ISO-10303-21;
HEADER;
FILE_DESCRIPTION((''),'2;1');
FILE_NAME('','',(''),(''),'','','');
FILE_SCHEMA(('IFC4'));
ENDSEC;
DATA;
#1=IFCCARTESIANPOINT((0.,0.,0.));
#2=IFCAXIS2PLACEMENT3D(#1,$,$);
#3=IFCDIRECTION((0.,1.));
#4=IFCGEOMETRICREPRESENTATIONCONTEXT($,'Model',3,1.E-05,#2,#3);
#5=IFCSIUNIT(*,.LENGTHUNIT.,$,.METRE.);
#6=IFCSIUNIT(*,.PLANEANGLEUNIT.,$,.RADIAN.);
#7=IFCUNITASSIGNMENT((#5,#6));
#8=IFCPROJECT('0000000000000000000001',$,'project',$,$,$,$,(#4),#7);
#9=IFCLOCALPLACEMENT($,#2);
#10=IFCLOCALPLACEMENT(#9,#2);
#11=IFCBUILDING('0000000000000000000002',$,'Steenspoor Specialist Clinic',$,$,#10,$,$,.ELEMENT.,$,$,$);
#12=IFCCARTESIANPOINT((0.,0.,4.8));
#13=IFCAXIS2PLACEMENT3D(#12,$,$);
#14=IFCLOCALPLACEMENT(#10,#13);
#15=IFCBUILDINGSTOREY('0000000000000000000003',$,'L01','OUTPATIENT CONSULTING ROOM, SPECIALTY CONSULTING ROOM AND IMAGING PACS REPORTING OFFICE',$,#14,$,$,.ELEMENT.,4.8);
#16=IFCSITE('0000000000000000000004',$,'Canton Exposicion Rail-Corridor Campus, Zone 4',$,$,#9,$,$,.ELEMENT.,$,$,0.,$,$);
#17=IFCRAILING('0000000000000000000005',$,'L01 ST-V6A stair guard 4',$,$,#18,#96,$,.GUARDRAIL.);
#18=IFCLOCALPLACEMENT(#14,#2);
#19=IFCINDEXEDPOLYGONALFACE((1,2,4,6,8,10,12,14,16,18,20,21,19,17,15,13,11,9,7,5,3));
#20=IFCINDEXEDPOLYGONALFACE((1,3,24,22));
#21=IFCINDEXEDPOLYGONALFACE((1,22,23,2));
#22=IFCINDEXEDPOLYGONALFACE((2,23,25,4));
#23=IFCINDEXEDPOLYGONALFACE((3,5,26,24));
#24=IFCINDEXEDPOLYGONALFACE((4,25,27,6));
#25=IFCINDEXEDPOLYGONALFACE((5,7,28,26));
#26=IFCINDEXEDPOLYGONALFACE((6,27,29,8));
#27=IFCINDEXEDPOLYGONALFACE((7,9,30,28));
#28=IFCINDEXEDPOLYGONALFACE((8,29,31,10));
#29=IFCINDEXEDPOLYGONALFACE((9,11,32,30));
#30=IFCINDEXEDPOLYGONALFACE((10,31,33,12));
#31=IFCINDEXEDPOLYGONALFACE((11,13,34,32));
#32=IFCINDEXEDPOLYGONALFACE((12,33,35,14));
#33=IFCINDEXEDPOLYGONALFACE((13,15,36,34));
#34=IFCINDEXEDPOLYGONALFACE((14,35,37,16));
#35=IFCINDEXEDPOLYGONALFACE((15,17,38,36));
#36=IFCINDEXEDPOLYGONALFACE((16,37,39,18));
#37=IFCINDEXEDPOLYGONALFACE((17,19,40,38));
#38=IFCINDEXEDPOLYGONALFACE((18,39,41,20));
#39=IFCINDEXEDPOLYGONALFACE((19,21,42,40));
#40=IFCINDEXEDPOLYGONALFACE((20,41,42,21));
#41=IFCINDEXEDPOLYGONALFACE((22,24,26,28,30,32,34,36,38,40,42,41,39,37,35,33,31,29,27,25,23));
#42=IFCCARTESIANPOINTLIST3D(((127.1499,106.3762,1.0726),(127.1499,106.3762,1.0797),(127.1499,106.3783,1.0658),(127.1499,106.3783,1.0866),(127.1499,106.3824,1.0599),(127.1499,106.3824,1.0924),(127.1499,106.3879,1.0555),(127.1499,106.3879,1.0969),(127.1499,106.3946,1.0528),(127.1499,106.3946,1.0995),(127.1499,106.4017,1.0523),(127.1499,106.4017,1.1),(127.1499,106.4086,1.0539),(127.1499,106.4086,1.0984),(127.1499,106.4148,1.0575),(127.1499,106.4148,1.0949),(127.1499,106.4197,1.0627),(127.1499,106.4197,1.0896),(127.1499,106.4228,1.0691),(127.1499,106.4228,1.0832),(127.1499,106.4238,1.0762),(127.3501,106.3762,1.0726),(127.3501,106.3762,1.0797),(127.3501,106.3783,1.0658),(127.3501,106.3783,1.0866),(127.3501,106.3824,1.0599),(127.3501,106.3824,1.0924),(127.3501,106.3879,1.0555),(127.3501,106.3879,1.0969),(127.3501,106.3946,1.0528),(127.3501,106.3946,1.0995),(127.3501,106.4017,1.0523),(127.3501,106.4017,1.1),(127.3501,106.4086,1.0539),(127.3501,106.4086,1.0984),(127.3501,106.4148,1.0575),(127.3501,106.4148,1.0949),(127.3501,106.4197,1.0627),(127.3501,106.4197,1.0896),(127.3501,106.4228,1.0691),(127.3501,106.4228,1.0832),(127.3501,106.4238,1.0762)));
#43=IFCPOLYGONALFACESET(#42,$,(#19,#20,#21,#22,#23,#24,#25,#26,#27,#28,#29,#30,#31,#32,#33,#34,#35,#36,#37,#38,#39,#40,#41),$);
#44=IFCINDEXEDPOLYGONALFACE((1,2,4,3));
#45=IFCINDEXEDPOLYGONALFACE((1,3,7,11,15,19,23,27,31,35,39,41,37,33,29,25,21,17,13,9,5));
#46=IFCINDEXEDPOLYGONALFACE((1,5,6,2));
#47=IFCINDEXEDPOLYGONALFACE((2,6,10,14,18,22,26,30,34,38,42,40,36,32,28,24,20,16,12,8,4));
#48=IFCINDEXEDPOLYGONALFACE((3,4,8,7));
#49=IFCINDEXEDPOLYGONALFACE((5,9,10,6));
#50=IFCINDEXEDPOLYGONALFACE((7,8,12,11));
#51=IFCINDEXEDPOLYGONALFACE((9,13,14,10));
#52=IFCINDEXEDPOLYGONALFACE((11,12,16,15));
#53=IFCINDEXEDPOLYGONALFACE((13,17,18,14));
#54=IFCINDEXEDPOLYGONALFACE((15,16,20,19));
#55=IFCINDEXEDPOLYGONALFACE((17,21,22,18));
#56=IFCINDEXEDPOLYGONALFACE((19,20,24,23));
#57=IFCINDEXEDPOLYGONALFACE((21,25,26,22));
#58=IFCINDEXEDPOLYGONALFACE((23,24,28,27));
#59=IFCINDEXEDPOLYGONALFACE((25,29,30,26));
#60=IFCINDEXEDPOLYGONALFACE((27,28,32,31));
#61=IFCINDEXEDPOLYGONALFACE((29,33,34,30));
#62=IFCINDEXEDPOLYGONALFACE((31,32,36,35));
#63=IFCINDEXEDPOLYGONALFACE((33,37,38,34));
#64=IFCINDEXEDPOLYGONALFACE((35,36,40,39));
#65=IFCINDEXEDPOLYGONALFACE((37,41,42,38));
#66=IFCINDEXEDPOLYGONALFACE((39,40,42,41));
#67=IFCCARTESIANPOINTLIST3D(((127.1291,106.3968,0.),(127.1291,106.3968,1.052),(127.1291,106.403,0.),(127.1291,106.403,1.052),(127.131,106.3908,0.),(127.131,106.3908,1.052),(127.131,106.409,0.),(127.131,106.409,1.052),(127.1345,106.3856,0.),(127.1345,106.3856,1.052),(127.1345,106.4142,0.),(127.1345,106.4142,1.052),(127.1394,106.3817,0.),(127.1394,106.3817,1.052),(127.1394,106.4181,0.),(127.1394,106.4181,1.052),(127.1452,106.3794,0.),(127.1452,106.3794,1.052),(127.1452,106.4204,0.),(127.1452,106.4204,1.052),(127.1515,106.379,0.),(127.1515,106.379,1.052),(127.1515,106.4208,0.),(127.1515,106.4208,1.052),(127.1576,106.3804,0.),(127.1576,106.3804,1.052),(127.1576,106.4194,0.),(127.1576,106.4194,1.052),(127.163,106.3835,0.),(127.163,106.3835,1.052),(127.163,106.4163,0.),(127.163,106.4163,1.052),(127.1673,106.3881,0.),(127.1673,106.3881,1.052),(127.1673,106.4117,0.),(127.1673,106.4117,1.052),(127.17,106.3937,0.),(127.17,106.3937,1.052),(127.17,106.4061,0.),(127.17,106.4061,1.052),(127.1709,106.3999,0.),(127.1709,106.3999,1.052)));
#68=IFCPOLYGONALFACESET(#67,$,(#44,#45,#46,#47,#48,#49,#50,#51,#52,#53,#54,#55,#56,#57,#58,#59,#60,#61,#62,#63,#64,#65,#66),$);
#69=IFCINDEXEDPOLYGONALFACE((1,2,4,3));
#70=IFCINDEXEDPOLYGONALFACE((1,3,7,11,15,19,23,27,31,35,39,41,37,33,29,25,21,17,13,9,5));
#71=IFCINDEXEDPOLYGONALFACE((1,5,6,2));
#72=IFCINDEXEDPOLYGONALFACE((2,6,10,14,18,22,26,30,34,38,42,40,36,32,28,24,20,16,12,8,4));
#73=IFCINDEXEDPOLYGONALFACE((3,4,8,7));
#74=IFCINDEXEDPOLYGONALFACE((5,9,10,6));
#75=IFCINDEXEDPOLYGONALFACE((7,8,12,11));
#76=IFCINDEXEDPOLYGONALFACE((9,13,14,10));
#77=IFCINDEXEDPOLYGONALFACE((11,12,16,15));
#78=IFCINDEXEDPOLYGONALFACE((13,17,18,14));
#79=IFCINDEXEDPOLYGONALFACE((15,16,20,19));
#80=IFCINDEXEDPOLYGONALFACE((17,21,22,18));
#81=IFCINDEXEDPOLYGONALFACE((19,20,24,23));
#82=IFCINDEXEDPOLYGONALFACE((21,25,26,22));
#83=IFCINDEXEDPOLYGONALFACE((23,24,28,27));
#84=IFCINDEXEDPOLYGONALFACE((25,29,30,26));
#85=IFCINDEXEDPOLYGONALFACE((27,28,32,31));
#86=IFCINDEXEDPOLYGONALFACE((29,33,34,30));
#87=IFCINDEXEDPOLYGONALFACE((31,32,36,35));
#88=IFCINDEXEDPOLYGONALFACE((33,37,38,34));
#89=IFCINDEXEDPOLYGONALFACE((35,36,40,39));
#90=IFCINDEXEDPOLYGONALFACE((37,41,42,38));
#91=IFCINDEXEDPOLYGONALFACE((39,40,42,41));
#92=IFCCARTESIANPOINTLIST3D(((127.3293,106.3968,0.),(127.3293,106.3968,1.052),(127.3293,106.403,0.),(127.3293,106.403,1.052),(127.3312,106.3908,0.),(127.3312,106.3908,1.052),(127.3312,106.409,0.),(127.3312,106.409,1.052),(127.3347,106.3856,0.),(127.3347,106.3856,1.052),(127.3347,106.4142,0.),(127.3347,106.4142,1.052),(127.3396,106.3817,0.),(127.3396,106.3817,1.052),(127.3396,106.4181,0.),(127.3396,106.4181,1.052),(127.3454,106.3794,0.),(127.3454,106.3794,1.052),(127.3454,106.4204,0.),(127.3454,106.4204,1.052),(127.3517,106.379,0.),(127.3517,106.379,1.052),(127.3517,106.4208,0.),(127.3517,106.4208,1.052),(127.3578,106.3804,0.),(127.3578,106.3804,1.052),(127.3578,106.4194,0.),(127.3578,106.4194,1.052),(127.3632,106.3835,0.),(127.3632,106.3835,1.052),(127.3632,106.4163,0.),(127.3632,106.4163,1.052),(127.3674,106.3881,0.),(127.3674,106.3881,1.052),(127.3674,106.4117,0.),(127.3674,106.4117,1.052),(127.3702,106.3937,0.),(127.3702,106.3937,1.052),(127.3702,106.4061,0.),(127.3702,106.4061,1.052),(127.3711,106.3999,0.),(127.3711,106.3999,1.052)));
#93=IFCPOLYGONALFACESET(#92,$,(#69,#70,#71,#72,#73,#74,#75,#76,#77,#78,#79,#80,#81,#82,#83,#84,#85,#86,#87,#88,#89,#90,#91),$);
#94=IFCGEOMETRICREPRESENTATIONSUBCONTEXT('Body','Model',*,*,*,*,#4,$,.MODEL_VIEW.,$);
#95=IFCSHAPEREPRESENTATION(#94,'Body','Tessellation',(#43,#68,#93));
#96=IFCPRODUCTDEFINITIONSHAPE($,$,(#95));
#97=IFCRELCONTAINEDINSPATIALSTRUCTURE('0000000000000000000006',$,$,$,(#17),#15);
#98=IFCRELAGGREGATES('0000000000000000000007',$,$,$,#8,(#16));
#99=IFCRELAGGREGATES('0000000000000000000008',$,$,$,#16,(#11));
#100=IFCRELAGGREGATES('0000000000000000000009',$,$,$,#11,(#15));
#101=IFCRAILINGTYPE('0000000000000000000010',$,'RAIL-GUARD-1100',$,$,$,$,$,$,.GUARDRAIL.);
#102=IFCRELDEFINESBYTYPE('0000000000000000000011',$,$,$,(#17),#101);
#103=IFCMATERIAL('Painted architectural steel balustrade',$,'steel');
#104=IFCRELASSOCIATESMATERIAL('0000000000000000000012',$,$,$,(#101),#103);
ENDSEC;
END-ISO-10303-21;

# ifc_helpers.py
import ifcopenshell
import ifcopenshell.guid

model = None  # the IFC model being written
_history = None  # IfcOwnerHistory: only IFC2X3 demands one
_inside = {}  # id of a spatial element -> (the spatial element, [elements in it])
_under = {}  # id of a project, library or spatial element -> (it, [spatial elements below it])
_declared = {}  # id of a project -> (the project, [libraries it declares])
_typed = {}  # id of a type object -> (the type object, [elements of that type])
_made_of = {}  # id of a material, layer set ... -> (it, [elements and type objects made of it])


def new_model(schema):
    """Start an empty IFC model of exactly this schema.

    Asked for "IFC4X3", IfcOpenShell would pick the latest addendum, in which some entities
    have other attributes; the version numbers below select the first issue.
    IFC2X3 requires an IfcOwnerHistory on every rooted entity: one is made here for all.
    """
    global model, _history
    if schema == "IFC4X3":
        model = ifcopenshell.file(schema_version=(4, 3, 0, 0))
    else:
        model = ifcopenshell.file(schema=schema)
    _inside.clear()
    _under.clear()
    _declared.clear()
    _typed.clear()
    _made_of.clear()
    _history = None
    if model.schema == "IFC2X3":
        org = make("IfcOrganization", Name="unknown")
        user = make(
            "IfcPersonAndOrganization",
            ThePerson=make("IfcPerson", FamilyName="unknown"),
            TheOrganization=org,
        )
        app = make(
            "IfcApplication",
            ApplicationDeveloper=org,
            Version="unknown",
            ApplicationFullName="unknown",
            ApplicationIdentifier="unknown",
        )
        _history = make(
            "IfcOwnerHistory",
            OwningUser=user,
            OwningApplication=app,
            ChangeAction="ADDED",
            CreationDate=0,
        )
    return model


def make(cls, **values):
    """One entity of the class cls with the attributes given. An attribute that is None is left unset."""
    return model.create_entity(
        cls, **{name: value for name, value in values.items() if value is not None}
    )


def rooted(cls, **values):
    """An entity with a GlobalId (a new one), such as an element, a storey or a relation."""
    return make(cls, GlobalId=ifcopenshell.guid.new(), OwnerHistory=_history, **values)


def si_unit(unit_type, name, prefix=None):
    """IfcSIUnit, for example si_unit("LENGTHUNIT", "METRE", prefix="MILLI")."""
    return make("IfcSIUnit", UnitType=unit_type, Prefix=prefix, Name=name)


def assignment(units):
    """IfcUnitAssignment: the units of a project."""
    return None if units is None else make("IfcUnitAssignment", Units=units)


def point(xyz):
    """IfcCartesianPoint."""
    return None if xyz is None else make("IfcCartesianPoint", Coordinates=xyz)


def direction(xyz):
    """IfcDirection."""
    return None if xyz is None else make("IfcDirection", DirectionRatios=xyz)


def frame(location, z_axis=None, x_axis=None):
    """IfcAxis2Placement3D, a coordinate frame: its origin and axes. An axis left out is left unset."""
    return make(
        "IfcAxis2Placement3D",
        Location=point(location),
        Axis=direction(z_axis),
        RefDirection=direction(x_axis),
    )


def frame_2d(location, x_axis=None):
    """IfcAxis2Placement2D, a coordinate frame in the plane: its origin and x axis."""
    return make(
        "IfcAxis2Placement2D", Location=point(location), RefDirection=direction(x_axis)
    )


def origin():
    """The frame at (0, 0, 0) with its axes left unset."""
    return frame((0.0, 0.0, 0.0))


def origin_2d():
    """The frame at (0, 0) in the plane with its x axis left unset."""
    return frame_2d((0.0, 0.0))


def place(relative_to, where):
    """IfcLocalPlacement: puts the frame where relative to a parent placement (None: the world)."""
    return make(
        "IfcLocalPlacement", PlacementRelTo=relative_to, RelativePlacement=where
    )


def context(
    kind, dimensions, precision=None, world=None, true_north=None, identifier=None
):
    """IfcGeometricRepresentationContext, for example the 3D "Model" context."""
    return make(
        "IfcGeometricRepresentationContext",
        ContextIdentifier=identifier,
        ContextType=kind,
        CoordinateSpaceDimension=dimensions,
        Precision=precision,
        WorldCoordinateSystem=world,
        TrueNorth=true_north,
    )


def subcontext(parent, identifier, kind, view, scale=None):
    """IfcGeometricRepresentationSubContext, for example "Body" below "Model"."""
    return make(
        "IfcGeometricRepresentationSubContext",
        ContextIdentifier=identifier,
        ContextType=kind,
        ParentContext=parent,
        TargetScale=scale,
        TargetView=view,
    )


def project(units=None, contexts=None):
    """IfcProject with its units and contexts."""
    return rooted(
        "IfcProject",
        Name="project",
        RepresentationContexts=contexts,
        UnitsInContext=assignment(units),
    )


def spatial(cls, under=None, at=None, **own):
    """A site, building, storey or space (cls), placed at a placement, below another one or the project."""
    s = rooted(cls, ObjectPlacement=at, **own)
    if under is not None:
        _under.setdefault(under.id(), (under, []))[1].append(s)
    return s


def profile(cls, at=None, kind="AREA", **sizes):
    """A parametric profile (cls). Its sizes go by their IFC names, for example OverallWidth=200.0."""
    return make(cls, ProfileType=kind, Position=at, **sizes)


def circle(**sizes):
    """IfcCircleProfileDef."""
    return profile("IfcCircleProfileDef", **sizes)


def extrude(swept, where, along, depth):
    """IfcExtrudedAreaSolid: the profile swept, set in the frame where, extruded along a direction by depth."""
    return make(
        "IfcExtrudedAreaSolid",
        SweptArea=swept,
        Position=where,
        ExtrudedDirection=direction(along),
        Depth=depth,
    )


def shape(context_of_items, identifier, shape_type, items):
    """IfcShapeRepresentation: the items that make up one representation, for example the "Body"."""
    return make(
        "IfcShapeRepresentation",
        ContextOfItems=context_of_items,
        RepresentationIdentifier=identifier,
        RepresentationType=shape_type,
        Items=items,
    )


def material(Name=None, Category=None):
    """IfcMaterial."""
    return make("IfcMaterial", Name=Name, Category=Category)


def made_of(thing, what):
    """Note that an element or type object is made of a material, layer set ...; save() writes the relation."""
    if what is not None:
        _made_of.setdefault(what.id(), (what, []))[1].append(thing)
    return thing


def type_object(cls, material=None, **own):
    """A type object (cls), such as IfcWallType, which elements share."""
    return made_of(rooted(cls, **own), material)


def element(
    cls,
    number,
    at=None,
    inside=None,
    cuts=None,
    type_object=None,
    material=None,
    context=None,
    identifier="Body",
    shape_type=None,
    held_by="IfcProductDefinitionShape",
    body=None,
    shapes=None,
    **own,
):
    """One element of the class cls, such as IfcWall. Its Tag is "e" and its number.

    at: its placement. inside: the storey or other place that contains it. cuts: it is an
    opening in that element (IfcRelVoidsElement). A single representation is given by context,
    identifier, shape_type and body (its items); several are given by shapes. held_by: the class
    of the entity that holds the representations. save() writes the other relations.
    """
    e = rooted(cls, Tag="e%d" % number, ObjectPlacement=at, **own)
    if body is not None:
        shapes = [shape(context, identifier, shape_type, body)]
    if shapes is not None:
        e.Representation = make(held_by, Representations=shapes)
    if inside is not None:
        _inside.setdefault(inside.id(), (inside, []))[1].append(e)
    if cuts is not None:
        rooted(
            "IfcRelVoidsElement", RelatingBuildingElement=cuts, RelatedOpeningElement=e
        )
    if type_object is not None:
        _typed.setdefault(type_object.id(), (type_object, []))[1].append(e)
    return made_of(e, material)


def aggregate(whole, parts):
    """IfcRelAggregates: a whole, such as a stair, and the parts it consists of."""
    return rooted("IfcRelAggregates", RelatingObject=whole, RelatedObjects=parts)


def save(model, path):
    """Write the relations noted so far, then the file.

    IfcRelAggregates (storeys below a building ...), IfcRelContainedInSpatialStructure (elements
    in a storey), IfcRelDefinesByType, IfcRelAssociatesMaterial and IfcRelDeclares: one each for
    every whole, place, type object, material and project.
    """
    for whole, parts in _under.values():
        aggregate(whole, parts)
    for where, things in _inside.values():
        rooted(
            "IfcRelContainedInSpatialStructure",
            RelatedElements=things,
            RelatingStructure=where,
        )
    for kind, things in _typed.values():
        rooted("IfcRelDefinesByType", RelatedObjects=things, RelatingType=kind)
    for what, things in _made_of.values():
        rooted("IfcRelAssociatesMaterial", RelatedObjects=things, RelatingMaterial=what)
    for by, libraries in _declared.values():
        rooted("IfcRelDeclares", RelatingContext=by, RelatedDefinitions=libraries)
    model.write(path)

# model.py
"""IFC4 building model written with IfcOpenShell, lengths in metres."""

from ifc_helpers import new_model, si_unit, direction, frame, origin, origin_2d, place, context, subcontext, project, spatial, circle, extrude, material, type_object, element, save


model = new_model("IFC4")

# Units and contexts
model_context = context("Model", 3, precision=1e-05, world=origin(), true_north=direction((0.0, 1.0)))
body_context = subcontext(model_context, "Body", "Model", "MODEL_VIEW")
ifc_project = project(units=[si_unit("LENGTHUNIT", "METRE"), si_unit("PLANEANGLEUNIT", "RADIAN")], contexts=[model_context])

# Site, building, storey
site_placement = place(None, origin())
site = spatial("IfcSite", under=ifc_project, at=site_placement, Name="Canton Exposicion Rail-Corridor Campus, Zone 4", CompositionType="ELEMENT", RefElevation=0.0)
building_placement = place(site_placement, origin())
building = spatial("IfcBuilding", under=site, at=building_placement, Name="Steenspoor Specialist Clinic", CompositionType="ELEMENT")
storey_placement = place(building_placement, frame((0.0, 0.0, 4.8)))
storey = spatial("IfcBuildingStorey", under=building, at=storey_placement, Name="L01", Description="OUTPATIENT CONSULTING ROOM, SPECIALTY CONSULTING ROOM AND IMAGING PACS REPORTING OFFICE", CompositionType="ELEMENT", Elevation=4.8)

# Railing
ifc_material_1 = material(Name="Painted architectural steel balustrade", Category="steel")
railing_type_1 = type_object("IfcRailingType", Name="RAIL-GUARD-1100", PredefinedType="GUARDRAIL", material=ifc_material_1)
railing_1_placement = place(storey_placement, frame((127.1499, 106.3999, 0.0)))
element("IfcRailing", 1, at=railing_1_placement, inside=storey, type_object=railing_type_1, Name="L01 ST-V6A stair guard 4", PredefinedType="GUARDRAIL", context=body_context, shape_type="SweptSolid", body=[
    extrude(circle(Radius=0.0239, at=origin_2d()), frame((0.0, 0.0, 1.0762), z_axis=(1.0, 0.0, 0.0), x_axis=(0.0, 1.0, 0.0)), (0.0, 0.0, 1.0), 0.2002),
    extrude(circle(Radius=0.021, at=origin_2d()), origin(), (0.0, 0.0, 1.0), 1.052),
    extrude(circle(Radius=0.021, at=origin_2d()), frame((0.2002, 0.0, 0.0)), (0.0, 0.0, 1.0), 1.052),
])

save(model, "model.ifc")
